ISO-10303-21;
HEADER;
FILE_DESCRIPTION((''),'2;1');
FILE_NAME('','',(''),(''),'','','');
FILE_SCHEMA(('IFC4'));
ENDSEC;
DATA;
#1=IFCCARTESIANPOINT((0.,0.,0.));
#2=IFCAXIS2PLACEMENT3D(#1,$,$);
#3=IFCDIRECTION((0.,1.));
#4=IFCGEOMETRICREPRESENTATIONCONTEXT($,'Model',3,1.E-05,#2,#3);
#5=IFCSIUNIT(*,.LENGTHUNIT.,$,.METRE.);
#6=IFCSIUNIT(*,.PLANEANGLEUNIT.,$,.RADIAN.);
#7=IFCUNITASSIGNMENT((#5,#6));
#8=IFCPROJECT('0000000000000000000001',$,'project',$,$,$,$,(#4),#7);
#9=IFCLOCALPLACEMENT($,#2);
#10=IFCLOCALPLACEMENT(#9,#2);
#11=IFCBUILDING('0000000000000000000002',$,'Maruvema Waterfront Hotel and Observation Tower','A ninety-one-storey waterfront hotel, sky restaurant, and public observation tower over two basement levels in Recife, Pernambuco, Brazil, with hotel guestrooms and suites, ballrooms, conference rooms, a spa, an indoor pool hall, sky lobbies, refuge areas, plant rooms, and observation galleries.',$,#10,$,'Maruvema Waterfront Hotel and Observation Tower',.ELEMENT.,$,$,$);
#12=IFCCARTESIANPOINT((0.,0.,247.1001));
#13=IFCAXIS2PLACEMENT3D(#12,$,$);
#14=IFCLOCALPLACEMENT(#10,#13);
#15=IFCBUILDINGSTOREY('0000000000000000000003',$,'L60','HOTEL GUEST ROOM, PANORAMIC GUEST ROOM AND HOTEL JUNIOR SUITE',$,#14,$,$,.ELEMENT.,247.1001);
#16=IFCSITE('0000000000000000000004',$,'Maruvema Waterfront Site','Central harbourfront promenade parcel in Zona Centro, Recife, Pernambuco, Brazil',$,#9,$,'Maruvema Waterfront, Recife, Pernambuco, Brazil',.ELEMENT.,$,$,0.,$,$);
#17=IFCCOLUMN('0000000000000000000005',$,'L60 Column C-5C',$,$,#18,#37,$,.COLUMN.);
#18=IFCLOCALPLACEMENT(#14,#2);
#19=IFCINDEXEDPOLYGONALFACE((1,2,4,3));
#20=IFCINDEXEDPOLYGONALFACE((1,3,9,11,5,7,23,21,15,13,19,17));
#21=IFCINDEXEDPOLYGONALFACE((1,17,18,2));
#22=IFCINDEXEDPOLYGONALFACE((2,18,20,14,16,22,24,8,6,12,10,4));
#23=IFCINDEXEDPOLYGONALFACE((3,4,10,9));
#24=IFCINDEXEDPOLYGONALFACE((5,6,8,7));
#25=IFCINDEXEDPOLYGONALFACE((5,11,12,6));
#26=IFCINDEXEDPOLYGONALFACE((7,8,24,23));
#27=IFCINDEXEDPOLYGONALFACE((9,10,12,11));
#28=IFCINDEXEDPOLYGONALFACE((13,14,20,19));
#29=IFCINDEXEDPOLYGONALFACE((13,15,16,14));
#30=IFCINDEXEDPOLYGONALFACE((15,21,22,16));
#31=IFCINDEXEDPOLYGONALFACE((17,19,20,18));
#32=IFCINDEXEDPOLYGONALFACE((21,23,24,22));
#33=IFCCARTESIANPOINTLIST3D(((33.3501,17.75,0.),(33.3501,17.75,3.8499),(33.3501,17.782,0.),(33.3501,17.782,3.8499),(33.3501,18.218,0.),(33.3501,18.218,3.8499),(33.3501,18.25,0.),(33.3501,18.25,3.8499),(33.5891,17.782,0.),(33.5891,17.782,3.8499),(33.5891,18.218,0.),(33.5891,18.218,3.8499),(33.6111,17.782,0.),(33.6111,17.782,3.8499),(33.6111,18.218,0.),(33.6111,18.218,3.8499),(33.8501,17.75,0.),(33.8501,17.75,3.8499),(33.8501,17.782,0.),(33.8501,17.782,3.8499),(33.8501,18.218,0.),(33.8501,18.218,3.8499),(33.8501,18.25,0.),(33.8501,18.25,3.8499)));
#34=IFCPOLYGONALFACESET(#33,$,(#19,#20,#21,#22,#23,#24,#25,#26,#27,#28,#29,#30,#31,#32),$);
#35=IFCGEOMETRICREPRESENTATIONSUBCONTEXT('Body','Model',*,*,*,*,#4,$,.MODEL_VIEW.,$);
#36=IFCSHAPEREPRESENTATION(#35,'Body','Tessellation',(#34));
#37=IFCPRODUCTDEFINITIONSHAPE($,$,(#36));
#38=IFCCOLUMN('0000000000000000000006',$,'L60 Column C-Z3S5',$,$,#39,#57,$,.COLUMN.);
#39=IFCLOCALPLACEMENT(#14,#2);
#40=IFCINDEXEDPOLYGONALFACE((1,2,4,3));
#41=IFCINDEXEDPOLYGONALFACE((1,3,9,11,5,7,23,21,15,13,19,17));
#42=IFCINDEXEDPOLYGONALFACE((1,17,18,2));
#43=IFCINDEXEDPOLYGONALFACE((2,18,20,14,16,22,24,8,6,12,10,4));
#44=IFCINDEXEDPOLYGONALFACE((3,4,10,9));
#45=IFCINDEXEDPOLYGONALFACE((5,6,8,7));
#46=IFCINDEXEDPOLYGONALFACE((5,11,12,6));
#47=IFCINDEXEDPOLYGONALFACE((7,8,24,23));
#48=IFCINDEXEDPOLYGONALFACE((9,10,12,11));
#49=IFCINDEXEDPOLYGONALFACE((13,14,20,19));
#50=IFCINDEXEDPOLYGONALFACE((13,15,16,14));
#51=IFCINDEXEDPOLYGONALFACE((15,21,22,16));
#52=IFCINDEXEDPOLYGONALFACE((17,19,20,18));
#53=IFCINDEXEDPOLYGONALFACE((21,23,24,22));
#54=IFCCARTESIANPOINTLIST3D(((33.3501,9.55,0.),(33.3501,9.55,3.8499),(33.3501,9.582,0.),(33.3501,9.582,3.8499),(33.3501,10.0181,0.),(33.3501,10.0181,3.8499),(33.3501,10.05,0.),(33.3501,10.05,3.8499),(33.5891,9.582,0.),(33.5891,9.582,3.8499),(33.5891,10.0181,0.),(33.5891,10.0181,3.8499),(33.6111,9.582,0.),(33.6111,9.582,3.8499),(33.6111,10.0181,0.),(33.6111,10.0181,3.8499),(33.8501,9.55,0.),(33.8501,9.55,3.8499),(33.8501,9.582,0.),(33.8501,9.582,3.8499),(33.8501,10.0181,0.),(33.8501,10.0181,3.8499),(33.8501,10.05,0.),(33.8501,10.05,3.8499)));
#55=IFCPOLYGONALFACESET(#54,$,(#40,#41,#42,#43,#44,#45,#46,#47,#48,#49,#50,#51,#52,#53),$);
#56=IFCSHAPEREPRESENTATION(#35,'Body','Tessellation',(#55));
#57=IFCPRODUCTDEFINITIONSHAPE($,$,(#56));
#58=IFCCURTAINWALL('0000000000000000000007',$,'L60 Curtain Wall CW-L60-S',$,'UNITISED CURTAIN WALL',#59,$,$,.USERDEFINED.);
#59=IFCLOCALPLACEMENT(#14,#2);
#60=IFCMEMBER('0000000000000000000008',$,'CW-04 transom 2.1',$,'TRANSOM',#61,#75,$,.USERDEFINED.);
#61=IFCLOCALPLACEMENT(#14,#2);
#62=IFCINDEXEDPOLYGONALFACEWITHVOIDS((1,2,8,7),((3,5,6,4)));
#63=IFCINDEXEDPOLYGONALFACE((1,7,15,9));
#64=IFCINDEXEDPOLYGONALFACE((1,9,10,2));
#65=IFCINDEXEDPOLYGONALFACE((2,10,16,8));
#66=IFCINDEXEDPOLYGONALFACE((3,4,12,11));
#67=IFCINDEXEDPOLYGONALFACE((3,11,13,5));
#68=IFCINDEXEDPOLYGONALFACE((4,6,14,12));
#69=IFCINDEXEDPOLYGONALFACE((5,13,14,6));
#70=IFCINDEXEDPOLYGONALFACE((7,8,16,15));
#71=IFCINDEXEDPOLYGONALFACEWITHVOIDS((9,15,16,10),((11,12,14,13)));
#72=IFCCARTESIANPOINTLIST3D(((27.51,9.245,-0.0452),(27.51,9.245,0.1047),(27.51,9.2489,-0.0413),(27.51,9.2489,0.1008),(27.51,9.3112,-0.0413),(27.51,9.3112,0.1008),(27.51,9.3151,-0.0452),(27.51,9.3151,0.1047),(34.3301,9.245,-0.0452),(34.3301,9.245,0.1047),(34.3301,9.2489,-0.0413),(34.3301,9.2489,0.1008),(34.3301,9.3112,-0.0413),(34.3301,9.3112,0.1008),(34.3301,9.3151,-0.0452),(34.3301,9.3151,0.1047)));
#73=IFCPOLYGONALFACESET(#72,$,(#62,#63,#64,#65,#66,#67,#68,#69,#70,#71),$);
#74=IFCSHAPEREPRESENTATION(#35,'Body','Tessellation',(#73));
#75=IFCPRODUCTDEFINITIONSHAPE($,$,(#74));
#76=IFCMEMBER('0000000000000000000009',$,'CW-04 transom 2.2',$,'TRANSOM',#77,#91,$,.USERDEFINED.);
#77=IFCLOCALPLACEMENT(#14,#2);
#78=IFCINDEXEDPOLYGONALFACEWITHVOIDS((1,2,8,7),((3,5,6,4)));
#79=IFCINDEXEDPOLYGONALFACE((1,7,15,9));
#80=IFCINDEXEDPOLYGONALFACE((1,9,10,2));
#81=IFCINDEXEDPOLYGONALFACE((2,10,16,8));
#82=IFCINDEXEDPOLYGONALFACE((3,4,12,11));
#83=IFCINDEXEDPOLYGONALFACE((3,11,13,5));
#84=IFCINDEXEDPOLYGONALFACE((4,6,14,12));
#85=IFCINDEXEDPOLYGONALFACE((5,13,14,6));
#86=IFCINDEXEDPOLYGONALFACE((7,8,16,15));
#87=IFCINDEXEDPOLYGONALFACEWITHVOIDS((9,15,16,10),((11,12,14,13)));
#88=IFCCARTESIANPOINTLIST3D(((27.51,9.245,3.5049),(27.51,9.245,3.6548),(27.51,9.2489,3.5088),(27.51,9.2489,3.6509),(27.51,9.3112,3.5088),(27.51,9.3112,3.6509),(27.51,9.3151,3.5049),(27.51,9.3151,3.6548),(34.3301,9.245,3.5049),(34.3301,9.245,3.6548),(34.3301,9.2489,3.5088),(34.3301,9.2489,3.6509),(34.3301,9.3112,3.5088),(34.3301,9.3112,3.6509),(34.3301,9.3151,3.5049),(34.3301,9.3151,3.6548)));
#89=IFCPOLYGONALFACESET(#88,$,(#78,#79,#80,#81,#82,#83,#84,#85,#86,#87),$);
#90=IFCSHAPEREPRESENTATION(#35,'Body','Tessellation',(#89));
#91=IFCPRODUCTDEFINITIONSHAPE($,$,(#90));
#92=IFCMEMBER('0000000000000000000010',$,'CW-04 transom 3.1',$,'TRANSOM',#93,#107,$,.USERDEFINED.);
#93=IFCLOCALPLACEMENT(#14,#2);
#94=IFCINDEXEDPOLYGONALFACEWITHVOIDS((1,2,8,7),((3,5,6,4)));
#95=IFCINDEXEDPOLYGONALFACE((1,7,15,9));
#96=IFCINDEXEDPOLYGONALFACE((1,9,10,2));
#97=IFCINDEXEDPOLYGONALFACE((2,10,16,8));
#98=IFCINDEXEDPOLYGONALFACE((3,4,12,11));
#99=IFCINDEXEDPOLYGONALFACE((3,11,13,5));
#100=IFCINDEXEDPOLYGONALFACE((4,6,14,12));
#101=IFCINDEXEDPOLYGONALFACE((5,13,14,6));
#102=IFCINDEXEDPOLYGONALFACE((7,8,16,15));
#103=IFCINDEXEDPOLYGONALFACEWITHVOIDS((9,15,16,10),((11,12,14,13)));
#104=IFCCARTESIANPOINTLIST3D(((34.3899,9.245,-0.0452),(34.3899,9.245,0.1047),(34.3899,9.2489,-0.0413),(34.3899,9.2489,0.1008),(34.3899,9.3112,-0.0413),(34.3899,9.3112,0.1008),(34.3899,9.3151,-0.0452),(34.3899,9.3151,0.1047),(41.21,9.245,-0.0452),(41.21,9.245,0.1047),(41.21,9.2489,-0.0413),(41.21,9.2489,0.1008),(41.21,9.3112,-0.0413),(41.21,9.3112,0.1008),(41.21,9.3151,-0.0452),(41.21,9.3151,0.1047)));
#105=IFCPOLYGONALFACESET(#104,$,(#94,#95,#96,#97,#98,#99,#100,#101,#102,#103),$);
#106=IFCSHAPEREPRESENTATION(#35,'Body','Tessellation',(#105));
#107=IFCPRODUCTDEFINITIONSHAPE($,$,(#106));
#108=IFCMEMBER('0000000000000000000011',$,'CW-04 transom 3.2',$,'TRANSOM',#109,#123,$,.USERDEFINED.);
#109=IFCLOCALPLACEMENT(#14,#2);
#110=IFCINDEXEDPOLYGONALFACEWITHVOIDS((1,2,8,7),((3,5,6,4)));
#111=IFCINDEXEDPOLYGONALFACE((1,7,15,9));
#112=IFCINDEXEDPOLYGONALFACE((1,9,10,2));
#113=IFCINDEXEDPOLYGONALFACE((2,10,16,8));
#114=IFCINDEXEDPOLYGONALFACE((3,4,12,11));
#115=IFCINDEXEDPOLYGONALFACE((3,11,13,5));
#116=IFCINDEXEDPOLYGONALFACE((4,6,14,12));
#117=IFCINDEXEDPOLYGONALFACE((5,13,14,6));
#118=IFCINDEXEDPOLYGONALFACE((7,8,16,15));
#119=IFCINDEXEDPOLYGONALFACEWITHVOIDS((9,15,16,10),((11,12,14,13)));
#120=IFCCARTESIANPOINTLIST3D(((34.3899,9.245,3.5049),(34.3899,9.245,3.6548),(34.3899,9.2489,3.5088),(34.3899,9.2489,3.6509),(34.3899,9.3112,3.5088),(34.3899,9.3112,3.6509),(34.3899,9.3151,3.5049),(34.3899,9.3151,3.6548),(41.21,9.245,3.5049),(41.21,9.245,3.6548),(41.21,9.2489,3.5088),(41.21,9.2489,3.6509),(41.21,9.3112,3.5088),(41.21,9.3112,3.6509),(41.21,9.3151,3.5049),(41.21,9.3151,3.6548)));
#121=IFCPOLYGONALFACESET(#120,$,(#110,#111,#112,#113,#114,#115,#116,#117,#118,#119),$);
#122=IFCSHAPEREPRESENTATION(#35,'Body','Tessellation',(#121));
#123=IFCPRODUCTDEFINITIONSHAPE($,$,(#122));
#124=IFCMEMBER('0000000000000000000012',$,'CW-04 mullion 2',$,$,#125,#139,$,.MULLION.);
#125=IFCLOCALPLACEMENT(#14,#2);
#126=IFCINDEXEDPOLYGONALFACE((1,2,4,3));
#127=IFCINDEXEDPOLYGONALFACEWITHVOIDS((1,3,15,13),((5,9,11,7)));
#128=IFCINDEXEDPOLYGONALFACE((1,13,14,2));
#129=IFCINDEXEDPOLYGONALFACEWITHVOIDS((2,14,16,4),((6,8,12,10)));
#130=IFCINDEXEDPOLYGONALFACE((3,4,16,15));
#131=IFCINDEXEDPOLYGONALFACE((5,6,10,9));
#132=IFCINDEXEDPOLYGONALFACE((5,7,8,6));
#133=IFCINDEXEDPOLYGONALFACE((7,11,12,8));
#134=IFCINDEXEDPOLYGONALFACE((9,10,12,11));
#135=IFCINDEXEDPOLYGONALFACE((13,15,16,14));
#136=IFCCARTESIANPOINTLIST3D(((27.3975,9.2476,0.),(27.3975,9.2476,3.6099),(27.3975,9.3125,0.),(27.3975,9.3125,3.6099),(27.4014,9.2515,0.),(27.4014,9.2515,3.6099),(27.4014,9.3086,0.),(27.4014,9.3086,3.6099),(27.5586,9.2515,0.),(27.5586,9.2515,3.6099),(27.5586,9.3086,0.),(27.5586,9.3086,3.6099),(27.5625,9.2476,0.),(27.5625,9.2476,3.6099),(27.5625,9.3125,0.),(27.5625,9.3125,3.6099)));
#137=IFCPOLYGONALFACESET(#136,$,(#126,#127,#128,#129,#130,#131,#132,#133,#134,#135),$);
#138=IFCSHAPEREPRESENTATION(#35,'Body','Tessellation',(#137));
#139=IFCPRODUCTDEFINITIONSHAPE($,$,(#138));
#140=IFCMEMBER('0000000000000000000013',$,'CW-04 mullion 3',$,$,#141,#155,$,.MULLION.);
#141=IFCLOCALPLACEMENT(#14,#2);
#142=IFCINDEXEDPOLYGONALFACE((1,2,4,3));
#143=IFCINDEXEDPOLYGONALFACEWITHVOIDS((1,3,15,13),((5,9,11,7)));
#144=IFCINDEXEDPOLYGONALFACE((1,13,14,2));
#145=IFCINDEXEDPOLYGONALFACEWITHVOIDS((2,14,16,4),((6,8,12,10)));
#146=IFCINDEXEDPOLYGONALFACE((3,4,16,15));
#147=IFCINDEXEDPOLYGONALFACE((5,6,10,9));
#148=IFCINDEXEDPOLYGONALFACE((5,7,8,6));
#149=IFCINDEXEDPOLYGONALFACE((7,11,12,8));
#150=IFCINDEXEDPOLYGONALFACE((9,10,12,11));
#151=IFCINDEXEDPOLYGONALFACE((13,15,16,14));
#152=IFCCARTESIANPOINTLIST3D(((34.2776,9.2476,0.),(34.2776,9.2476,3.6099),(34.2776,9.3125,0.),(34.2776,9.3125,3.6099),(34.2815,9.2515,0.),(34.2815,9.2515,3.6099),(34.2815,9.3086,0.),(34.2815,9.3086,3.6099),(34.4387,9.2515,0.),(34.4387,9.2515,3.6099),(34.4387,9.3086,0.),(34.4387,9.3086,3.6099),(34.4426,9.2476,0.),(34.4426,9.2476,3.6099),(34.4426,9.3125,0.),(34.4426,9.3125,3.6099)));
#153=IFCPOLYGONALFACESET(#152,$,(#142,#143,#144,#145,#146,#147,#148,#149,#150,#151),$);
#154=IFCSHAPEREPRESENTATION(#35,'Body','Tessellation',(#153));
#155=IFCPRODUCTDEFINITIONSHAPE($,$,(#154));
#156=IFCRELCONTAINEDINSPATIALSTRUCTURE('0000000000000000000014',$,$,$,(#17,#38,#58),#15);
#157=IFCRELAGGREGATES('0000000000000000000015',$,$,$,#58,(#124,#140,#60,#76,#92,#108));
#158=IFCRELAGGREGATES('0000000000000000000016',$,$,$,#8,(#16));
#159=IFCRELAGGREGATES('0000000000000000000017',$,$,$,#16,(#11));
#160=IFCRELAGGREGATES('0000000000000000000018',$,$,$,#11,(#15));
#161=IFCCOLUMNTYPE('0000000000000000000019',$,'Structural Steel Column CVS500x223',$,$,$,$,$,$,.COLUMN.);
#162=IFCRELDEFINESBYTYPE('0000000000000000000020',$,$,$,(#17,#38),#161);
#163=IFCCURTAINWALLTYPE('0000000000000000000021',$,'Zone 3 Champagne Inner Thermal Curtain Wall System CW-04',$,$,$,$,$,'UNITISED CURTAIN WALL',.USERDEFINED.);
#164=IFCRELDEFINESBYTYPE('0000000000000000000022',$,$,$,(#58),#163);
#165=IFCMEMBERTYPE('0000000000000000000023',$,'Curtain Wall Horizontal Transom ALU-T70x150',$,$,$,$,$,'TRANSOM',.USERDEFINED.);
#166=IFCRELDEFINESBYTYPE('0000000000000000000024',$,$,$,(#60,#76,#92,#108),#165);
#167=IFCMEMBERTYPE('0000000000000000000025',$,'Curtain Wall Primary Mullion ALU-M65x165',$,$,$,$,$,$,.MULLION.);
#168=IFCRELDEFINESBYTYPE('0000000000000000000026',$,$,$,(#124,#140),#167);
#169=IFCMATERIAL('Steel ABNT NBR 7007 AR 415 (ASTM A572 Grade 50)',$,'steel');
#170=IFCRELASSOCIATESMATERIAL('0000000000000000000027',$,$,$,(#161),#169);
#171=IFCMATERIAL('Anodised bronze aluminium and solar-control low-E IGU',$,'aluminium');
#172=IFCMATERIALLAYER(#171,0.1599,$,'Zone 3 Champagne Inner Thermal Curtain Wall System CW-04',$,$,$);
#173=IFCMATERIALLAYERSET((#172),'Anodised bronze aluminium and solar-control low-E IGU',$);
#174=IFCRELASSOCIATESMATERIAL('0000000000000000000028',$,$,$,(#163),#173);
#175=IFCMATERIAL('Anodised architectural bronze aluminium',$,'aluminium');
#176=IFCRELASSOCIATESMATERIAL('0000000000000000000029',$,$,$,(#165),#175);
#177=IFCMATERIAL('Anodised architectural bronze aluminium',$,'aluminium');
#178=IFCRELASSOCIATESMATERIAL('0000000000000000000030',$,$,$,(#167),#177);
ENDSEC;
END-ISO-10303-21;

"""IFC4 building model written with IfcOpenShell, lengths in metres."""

from ifc_helpers import new_model, si_unit, direction, frame, origin, origin_2d, place, context, subcontext, project, spatial, hollow_rectangle, i_section, extrude, material, layer, layer_set, material_profile, profile_set, type_object, element, aggregate, save


model = new_model("IFC4")

# Units and contexts
model_context = context("Model", 3, precision=1e-05, world=origin(), true_north=direction((0.0, 1.0)))
body_context = subcontext(model_context, "Body", "Model", "MODEL_VIEW")
ifc_project = project(units=[si_unit("LENGTHUNIT", "METRE"), si_unit("PLANEANGLEUNIT", "RADIAN")], contexts=[model_context])

# Site, building, storey
site_placement = place(None, origin())
site = spatial("IfcSite", under=ifc_project, at=site_placement, Name="Maruvema Waterfront Site", Description="Central harbourfront promenade parcel in Zona Centro, Recife, Pernambuco, Brazil", LongName="Maruvema Waterfront, Recife, Pernambuco, Brazil", CompositionType="ELEMENT", RefElevation=0.0)
building_placement = place(site_placement, origin())
building = spatial("IfcBuilding", under=site, at=building_placement, Name="Maruvema Waterfront Hotel and Observation Tower", Description="A ninety-one-storey waterfront hotel, sky restaurant, and public observation tower over two basement levels in Recife, Pernambuco, Brazil, with hotel guestrooms and suites, ballrooms, conference rooms, a spa, an indoor pool hall, sky lobbies, refuge areas, plant rooms, and observation galleries.", LongName="Maruvema Waterfront Hotel and Observation Tower", CompositionType="ELEMENT")
storey_placement = place(building_placement, frame((0.0, 0.0, 247.1001)))
storey = spatial("IfcBuildingStorey", under=building, at=storey_placement, Name="L60", Description="HOTEL GUEST ROOM, PANORAMIC GUEST ROOM AND HOTEL JUNIOR SUITE", CompositionType="ELEMENT", Elevation=247.1001)

# Columns
ifc_material_1 = material(Name="Steel ABNT NBR 7007 AR 415 (ASTM A572 Grade 50)", Category="steel")
ifc_material_profile_1 = material_profile(ifc_material_1, i_section(OverallWidth=0.5, OverallDepth=0.5, WebThickness=0.022, FlangeThickness=0.032, at=origin_2d()), Name="CVS500x223")
ifc_profile_set_1 = profile_set([ifc_material_profile_1], Name="Steel ABNT NBR 7007 AR 415 (ASTM A572 Grade 50)")
column_type = type_object("IfcColumnType", Name="Structural Steel Column CVS500x223", PredefinedType="COLUMN", material=ifc_profile_set_1)
for number, where, z_axis, x_axis, name in (
    (1, (33.6001, 18.0, 0.0), (0.0, 0.0, 1.0), (1.0, 0.0, 0.0), "L60 Column C-5C"),
    (2, (33.6001, 9.8, 0.0), (0.0, 0.0, 1.0), (1.0, 0.0, 0.0), "L60 Column C-Z3S5"),
):
    element("IfcColumn", number, at=place(storey_placement, frame(where, z_axis=z_axis, x_axis=x_axis)), inside=storey, type_object=column_type, Name=name, PredefinedType="COLUMN", context=body_context, shape_type="SweptSolid", body=[
        extrude(i_section(OverallWidth=0.5, OverallDepth=0.5, WebThickness=0.022, FlangeThickness=0.032, at=origin_2d()), origin(), (0.0, 0.0, 1.0), 3.8499),
    ])

# Curtain wall, members
ifc_material_2 = material(Name="Anodised bronze aluminium and solar-control low-E IGU", Category="aluminium")
ifc_layer_1 = layer(ifc_material_2, 0.1599, Name="Zone 3 Champagne Inner Thermal Curtain Wall System CW-04")
ifc_layer_set_1 = layer_set([ifc_layer_1], Name="Anodised bronze aluminium and solar-control low-E IGU")
curtain_wall_type = type_object("IfcCurtainWallType", Name="Zone 3 Champagne Inner Thermal Curtain Wall System CW-04", ElementType="UNITISED CURTAIN WALL", PredefinedType="USERDEFINED", material=ifc_layer_set_1)
curtain_wall_placement = place(storey_placement, origin())
curtain_wall = element("IfcCurtainWall", 3, at=curtain_wall_placement, inside=storey, type_object=curtain_wall_type, Name="L60 Curtain Wall CW-L60-S", ObjectType="UNITISED CURTAIN WALL", PredefinedType="USERDEFINED")
ifc_material_3 = material(Name="Anodised architectural bronze aluminium", Category="aluminium")
ifc_material_profile_2 = material_profile(ifc_material_3, hollow_rectangle(XDim=0.0701, YDim=0.1499, WallThickness=0.0039, at=origin_2d()), Name="ALU-T70x150")
ifc_profile_set_2 = profile_set([ifc_material_profile_2], Name="Anodised architectural bronze aluminium")
member_type_1 = type_object("IfcMemberType", Name="Curtain Wall Horizontal Transom ALU-T70x150", ElementType="TRANSOM", PredefinedType="USERDEFINED", material=ifc_profile_set_2)
member_1_placement = place(storey_placement, frame((27.51, 9.28, 0.0298), z_axis=(1.0, 0.0, 0.0), x_axis=(0.0, 1.0, 0.0)))
member_1 = element("IfcMember", 4, at=member_1_placement, type_object=member_type_1, Name="CW-04 transom 2.1", ObjectType="TRANSOM", PredefinedType="USERDEFINED", context=body_context, shape_type="SweptSolid", body=[
    extrude(hollow_rectangle(XDim=0.0701, YDim=0.1499, WallThickness=0.0039, at=origin_2d()), origin(), (0.0, 0.0, 1.0), 6.8201),
])
member_2_placement = place(storey_placement, frame((27.51, 9.28, 3.5798), z_axis=(1.0, 0.0, 0.0), x_axis=(0.0, 1.0, 0.0)))
member_2 = element("IfcMember", 5, at=member_2_placement, type_object=member_type_1, Name="CW-04 transom 2.2", ObjectType="TRANSOM", PredefinedType="USERDEFINED", context=body_context, shape_type="SweptSolid", body=[
    extrude(hollow_rectangle(XDim=0.0701, YDim=0.1499, WallThickness=0.0039, at=origin_2d()), origin(), (0.0, 0.0, 1.0), 6.8201),
])
member_3_placement = place(storey_placement, frame((34.3899, 9.28, 0.0298), z_axis=(1.0, 0.0, 0.0), x_axis=(0.0, 1.0, 0.0)))
member_3 = element("IfcMember", 6, at=member_3_placement, type_object=member_type_1, Name="CW-04 transom 3.1", ObjectType="TRANSOM", PredefinedType="USERDEFINED", context=body_context, shape_type="SweptSolid", body=[
    extrude(hollow_rectangle(XDim=0.0701, YDim=0.1499, WallThickness=0.0039, at=origin_2d()), origin(), (0.0, 0.0, 1.0), 6.8201),
])
member_4_placement = place(storey_placement, frame((34.3899, 9.28, 3.5798), z_axis=(1.0, 0.0, 0.0), x_axis=(0.0, 1.0, 0.0)))
member_4 = element("IfcMember", 7, at=member_4_placement, type_object=member_type_1, Name="CW-04 transom 3.2", ObjectType="TRANSOM", PredefinedType="USERDEFINED", context=body_context, shape_type="SweptSolid", body=[
    extrude(hollow_rectangle(XDim=0.0701, YDim=0.1499, WallThickness=0.0039, at=origin_2d()), origin(), (0.0, 0.0, 1.0), 6.8201),
])
ifc_material_4 = material(Name="Anodised architectural bronze aluminium", Category="aluminium")
ifc_material_profile_3 = material_profile(ifc_material_4, hollow_rectangle(XDim=0.0649, YDim=0.165, WallThickness=0.0039, at=origin_2d()), Name="ALU-M65x165")
ifc_profile_set_3 = profile_set([ifc_material_profile_3], Name="Anodised architectural bronze aluminium")
member_type_2 = type_object("IfcMemberType", Name="Curtain Wall Primary Mullion ALU-M65x165", PredefinedType="MULLION", material=ifc_profile_set_3)
member_5_placement = place(storey_placement, frame((27.48, 9.28, 0.0), z_axis=(0.0, 0.0, 1.0), x_axis=(0.0, 1.0, 0.0)))
member_5 = element("IfcMember", 8, at=member_5_placement, type_object=member_type_2, Name="CW-04 mullion 2", PredefinedType="MULLION", context=body_context, shape_type="SweptSolid", body=[
    extrude(hollow_rectangle(XDim=0.0649, YDim=0.165, WallThickness=0.0039, at=origin_2d()), origin(), (0.0, 0.0, 1.0), 3.6099),
])
member_6_placement = place(storey_placement, frame((34.3601, 9.28, 0.0), z_axis=(0.0, 0.0, 1.0), x_axis=(0.0, 1.0, 0.0)))
member_6 = element("IfcMember", 9, at=member_6_placement, type_object=member_type_2, Name="CW-04 mullion 3", PredefinedType="MULLION", context=body_context, shape_type="SweptSolid", body=[
    extrude(hollow_rectangle(XDim=0.0649, YDim=0.165, WallThickness=0.0039, at=origin_2d()), origin(), (0.0, 0.0, 1.0), 3.6099),
])

aggregate(curtain_wall, [member_5, member_6, member_1, member_2, member_3, member_4])

save(model, "model.ifc")
